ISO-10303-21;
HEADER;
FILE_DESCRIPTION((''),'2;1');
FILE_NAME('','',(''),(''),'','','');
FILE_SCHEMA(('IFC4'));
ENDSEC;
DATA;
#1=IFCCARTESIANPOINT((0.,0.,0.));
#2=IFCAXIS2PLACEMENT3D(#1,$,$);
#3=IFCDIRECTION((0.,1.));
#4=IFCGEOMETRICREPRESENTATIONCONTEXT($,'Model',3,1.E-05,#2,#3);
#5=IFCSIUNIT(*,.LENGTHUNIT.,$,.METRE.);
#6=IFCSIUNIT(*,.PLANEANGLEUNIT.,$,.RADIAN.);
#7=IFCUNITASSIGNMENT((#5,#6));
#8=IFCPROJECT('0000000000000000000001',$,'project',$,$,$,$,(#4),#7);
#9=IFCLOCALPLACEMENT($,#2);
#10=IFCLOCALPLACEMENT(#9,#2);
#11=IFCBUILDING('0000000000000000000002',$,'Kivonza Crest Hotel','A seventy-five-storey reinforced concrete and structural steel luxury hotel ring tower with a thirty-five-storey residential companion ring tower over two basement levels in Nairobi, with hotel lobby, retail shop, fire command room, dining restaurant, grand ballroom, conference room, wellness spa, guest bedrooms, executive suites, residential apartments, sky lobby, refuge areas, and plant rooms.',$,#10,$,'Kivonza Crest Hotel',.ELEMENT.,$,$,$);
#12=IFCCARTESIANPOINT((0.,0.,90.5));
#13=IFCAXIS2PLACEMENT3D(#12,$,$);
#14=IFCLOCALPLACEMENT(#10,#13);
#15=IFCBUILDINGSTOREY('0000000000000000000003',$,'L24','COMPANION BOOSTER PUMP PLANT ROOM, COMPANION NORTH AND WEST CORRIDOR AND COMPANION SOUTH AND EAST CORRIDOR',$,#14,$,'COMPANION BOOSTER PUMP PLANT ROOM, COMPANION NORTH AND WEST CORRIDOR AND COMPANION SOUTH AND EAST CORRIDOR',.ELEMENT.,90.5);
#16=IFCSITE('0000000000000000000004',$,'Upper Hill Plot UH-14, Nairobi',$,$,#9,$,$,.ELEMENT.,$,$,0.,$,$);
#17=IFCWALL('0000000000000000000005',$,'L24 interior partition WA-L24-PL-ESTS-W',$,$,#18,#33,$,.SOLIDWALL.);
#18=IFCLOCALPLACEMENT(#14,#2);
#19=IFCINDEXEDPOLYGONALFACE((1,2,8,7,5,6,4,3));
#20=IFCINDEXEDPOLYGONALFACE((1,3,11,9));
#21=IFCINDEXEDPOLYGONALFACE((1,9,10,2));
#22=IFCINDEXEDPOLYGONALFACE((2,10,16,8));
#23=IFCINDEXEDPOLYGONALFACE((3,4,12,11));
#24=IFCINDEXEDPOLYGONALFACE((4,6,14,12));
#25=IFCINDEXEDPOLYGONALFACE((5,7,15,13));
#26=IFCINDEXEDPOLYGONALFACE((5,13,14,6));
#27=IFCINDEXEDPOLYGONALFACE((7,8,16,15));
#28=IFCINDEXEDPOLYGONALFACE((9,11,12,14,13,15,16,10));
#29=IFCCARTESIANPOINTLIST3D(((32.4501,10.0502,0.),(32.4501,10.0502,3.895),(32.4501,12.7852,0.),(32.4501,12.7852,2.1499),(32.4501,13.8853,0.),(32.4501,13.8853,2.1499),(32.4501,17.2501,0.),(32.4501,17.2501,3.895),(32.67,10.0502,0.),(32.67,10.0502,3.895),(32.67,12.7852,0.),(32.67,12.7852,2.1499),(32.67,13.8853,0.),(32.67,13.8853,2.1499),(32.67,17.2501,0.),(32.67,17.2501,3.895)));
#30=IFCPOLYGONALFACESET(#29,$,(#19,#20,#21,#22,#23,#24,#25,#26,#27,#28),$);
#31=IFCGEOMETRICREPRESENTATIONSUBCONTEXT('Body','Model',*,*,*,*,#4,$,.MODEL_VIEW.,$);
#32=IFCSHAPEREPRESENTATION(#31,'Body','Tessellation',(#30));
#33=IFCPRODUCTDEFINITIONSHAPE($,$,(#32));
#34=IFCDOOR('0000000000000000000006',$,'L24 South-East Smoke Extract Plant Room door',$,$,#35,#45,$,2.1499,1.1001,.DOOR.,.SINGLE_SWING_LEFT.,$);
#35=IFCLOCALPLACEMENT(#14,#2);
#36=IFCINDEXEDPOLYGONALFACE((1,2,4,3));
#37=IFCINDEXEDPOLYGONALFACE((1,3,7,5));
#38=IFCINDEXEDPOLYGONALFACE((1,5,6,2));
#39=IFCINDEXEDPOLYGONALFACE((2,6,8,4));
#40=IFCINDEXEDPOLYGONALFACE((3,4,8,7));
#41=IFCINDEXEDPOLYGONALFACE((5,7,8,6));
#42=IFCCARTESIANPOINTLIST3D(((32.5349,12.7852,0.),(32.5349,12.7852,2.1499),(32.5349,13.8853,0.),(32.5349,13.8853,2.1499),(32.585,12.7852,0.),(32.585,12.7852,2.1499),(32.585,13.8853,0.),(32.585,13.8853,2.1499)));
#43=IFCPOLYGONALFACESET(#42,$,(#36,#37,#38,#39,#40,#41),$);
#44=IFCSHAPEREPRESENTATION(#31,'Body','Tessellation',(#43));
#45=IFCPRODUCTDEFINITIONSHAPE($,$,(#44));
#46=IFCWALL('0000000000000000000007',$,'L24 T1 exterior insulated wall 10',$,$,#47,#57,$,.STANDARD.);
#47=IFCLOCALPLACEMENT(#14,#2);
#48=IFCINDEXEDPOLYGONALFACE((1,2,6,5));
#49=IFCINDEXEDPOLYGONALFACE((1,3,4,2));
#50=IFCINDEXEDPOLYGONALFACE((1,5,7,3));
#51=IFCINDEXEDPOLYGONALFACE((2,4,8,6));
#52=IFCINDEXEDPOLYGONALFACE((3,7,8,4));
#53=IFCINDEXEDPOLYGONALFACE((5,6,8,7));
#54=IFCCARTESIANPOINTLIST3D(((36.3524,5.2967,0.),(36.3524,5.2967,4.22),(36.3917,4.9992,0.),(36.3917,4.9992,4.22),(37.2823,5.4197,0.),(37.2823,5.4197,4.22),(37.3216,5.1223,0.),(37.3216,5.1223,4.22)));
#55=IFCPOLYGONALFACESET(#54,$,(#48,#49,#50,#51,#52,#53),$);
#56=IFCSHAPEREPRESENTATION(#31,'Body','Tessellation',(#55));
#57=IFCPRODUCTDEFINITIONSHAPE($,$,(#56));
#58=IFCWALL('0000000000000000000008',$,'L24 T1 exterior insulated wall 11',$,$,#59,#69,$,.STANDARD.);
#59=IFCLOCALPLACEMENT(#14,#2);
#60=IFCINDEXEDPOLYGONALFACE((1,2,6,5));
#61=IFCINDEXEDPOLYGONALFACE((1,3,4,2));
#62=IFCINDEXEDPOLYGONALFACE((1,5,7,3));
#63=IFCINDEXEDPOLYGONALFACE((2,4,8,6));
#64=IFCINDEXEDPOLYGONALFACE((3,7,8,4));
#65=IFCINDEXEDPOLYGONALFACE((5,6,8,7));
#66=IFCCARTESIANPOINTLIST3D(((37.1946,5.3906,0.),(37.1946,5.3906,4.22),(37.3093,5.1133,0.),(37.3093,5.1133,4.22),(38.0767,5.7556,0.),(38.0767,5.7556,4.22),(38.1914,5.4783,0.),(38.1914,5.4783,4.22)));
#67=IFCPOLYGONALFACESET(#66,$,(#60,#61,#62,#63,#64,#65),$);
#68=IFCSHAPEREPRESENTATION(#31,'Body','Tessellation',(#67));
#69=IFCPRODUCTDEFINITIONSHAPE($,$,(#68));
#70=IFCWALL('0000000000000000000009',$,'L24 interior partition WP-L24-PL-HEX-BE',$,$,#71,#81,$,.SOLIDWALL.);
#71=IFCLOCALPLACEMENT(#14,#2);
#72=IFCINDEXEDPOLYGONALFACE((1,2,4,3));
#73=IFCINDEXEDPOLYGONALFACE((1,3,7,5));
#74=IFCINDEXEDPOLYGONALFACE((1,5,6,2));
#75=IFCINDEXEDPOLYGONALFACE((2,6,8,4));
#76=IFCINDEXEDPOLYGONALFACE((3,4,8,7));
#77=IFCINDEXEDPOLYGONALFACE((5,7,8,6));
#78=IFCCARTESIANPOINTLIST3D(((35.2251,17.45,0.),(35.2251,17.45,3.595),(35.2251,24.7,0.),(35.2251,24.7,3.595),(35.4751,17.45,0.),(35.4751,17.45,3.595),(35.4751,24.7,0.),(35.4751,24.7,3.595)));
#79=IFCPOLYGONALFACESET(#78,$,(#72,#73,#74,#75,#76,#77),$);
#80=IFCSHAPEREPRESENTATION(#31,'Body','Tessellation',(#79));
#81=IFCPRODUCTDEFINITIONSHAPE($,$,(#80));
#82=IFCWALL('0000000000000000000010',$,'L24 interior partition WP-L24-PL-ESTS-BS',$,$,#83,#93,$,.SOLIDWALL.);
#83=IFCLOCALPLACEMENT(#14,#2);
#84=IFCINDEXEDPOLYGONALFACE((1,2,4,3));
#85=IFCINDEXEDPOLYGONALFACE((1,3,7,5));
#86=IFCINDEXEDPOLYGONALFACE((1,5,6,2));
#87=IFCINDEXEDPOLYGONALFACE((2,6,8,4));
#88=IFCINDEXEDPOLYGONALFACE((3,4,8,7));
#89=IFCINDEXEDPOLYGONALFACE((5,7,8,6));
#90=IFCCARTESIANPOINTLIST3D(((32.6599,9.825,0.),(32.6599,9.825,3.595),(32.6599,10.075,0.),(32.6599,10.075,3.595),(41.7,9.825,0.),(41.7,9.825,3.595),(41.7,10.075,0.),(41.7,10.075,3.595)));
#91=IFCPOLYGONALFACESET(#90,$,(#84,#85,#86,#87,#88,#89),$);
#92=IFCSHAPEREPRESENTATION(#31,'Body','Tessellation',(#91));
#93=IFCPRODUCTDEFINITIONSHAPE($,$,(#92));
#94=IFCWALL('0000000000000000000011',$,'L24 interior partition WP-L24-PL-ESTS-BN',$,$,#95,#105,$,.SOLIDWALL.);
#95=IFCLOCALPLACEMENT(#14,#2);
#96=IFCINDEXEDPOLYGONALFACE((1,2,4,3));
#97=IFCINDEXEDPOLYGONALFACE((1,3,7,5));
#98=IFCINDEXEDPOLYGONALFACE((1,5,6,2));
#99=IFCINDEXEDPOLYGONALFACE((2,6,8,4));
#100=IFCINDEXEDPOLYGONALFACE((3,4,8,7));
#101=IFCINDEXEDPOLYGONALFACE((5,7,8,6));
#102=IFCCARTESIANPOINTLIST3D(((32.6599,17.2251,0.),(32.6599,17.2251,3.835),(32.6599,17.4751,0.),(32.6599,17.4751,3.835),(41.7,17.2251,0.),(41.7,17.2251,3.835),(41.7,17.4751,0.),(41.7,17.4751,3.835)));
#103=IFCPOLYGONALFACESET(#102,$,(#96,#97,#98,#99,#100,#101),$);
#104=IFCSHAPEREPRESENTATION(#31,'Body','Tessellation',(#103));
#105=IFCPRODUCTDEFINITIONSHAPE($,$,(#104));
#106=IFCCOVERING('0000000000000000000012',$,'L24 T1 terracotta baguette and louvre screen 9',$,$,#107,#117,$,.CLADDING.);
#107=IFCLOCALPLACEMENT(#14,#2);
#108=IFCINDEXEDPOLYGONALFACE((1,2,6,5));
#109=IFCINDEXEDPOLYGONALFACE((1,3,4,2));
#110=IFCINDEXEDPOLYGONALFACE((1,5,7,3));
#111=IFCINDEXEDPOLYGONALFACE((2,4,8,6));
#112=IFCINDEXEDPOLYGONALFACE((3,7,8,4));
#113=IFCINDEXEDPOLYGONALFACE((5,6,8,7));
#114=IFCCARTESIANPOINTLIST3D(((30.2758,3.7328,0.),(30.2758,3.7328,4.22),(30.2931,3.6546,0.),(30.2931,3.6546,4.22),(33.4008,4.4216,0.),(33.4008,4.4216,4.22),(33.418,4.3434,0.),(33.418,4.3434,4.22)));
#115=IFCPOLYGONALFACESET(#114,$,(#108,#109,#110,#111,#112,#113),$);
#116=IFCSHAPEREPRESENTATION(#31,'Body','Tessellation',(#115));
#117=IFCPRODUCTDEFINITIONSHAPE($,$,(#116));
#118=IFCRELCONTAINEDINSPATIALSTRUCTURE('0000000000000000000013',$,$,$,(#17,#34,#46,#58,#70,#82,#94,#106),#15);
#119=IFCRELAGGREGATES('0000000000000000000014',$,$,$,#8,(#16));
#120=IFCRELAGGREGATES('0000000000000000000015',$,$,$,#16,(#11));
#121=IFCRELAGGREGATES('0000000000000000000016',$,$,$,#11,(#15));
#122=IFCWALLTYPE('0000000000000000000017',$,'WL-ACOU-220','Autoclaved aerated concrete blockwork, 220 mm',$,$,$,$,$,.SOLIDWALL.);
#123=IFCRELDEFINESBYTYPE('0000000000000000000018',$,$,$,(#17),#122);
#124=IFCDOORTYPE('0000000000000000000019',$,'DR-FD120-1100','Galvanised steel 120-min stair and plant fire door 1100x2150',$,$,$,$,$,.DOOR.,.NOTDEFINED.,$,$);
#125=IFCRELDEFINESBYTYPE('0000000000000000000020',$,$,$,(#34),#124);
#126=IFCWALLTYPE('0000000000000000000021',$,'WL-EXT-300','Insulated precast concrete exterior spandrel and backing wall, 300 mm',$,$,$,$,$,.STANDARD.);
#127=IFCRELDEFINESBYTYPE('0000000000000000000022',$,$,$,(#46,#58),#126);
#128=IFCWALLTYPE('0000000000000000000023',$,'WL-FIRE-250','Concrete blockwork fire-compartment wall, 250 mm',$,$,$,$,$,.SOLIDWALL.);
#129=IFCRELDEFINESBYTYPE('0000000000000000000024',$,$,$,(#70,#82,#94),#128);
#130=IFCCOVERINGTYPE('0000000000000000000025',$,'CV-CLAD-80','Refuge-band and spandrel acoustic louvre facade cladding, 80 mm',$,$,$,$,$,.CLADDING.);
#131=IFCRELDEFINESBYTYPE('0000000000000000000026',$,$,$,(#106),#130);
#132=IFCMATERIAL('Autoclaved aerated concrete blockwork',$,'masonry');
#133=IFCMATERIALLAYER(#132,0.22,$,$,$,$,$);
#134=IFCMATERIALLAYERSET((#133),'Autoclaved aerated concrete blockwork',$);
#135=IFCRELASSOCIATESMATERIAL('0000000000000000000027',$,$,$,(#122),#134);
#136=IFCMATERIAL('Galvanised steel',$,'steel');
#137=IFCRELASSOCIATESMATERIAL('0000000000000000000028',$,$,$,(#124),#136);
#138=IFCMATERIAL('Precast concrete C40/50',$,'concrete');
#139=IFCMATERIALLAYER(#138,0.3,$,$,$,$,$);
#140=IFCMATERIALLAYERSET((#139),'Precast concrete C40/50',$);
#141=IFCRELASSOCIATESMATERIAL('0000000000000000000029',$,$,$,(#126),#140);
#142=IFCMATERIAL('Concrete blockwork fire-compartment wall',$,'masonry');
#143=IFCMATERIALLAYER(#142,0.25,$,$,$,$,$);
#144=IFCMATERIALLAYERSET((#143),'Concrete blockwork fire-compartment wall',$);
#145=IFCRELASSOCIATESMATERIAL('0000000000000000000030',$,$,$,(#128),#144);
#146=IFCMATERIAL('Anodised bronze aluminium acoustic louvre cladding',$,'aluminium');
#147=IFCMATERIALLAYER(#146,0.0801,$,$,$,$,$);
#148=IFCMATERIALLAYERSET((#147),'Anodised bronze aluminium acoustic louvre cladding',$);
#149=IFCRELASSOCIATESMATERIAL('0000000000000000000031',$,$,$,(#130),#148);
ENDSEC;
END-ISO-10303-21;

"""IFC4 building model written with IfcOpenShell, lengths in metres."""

from ifc_helpers import new_model, si_unit, direction, frame, frame_2d, origin, origin_2d, place, context, subcontext, project, spatial, rectangle, extrude, material, layer, layer_set, type_object, element, fill, save


model = new_model("IFC4")

# Units and contexts
model_context = context("Model", 3, precision=1e-05, world=origin(), true_north=direction((0.0, 1.0)))
body_context = subcontext(model_context, "Body", "Model", "MODEL_VIEW")
ifc_project = project(units=[si_unit("LENGTHUNIT", "METRE"), si_unit("PLANEANGLEUNIT", "RADIAN")], contexts=[model_context])

# Site, building, storey
site_placement = place(None, origin())
site = spatial("IfcSite", under=ifc_project, at=site_placement, Name="Upper Hill Plot UH-14, Nairobi", CompositionType="ELEMENT", RefElevation=0.0)
building_placement = place(site_placement, origin())
building = spatial("IfcBuilding", under=site, at=building_placement, Name="Kivonza Crest Hotel", Description="A seventy-five-storey reinforced concrete and structural steel luxury hotel ring tower with a thirty-five-storey residential companion ring tower over two basement levels in Nairobi, with hotel lobby, retail shop, fire command room, dining restaurant, grand ballroom, conference room, wellness spa, guest bedrooms, executive suites, residential apartments, sky lobby, refuge areas, and plant rooms.", LongName="Kivonza Crest Hotel", CompositionType="ELEMENT")
storey_placement = place(building_placement, frame((0.0, 0.0, 90.5)))
storey = spatial("IfcBuildingStorey", under=building, at=storey_placement, Name="L24", Description="COMPANION BOOSTER PUMP PLANT ROOM, COMPANION NORTH AND WEST CORRIDOR AND COMPANION SOUTH AND EAST CORRIDOR", LongName="COMPANION BOOSTER PUMP PLANT ROOM, COMPANION NORTH AND WEST CORRIDOR AND COMPANION SOUTH AND EAST CORRIDOR", CompositionType="ELEMENT", Elevation=90.5)

# Wall, opening, door
ifc_material_1 = material(Name="Autoclaved aerated concrete blockwork", Category="masonry")
ifc_layer_1 = layer(ifc_material_1, 0.22)
ifc_layer_set_1 = layer_set([ifc_layer_1], Name="Autoclaved aerated concrete blockwork")
wall_type_1 = type_object("IfcWallType", Name="WL-ACOU-220", Description="Autoclaved aerated concrete blockwork, 220 mm", PredefinedType="SOLIDWALL", material=ifc_layer_set_1)
ifc_material_2 = material(Name="Galvanised steel", Category="steel")
door_type = type_object("IfcDoorType", Name="DR-FD120-1100", Description="Galvanised steel 120-min stair and plant fire door 1100x2150", OperationType="NOTDEFINED", PredefinedType="DOOR", material=ifc_material_2)
wall_1_placement = place(storey_placement, frame((32.5601, 10.05, 0.0), z_axis=(0.0, 0.0, 1.0), x_axis=(0.0, 1.0, 0.0)))
wall_1 = element("IfcWall", 1, at=wall_1_placement, inside=storey, type_object=wall_type_1, Name="L24 interior partition WA-L24-PL-ESTS-W", PredefinedType="SOLIDWALL", context=body_context, shape_type="SweptSolid", body=[
    extrude(rectangle(XDim=7.2, YDim=0.22, at=frame_2d((3.6001, 0.0))), origin(), (0.0, 0.0, 1.0), 3.895),
])
opening_1_placement = place(wall_1_placement, frame((2.7351, 0.0, 0.0)))
opening_1 = element("IfcOpeningElement", 2, at=opening_1_placement, cuts=wall_1, PredefinedType="OPENING", context=body_context, shape_type="SweptSolid", body=[
    extrude(rectangle(XDim=1.1001, YDim=2.1499, at=frame_2d((0.55, 1.075))), frame((0.0, 0.1201, 0.0), z_axis=(0.0, -1.0, 0.0), x_axis=(1.0, 0.0, 0.0)), (0.0, 0.0, 1.0), 0.24),
])
door_1_placement = place(opening_1_placement, frame((1.1001, 0.0, 0.0), z_axis=(0.0, 0.0, 1.0), x_axis=(-1.0, 0.0, 0.0)))
door_1 = element("IfcDoor", 3, at=door_1_placement, inside=storey, type_object=door_type, Name="L24 South-East Smoke Extract Plant Room door", OperationType="SINGLE_SWING_LEFT", OverallHeight=2.1499, OverallWidth=1.1001, PredefinedType="DOOR", context=body_context, shape_type="SweptSolid", body=[
    extrude(rectangle(XDim=1.1001, YDim=2.1499, at=frame_2d((0.55, 1.075))), frame((0.0, 0.0249, 0.0), z_axis=(0.0, -1.0, 0.0), x_axis=(1.0, 0.0, 0.0)), (0.0, 0.0, 1.0), 0.05),
])
fill(opening_1, door_1)

# Walls
ifc_material_3 = material(Name="Precast concrete C40/50", Category="concrete")
ifc_layer_2 = layer(ifc_material_3, 0.3)
ifc_layer_set_2 = layer_set([ifc_layer_2], Name="Precast concrete C40/50")
wall_type_2 = type_object("IfcWallType", Name="WL-EXT-300", Description="Insulated precast concrete exterior spandrel and backing wall, 300 mm", PredefinedType="STANDARD", material=ifc_layer_set_2)
wall_2_placement = place(storey_placement, frame((36.3721, 5.1479, 0.0), z_axis=(0.0, 0.0, 1.0), x_axis=(0.991359, 0.131175, 0.0)))
element("IfcWall", 4, at=wall_2_placement, inside=storey, type_object=wall_type_2, Name="L24 T1 exterior insulated wall 10", PredefinedType="STANDARD", context=body_context, shape_type="SweptSolid", body=[
    extrude(rectangle(XDim=0.938, YDim=0.3, at=frame_2d((0.469, 0.0))), origin(), (0.0, 0.0, 1.0), 4.22),
])
wall_3_placement = place(storey_placement, frame((37.252, 5.252, 0.0), z_axis=(0.0, 0.0, 1.0), x_axis=(0.92402, 0.382344, 0.0)))
element("IfcWall", 5, at=wall_3_placement, inside=storey, type_object=wall_type_2, Name="L24 T1 exterior insulated wall 11", PredefinedType="STANDARD", context=body_context, shape_type="SweptSolid", body=[
    extrude(rectangle(XDim=0.9546, YDim=0.3, at=frame_2d((0.4773, 0.0))), origin(), (0.0, 0.0, 1.0), 4.22),
])
ifc_material_4 = material(Name="Concrete blockwork fire-compartment wall", Category="masonry")
ifc_layer_3 = layer(ifc_material_4, 0.25)
ifc_layer_set_3 = layer_set([ifc_layer_3], Name="Concrete blockwork fire-compartment wall")
wall_type_3 = type_object("IfcWallType", Name="WL-FIRE-250", Description="Concrete blockwork fire-compartment wall, 250 mm", PredefinedType="SOLIDWALL", material=ifc_layer_set_3)
wall_4_placement = place(storey_placement, frame((35.3501, 17.45, 0.0), z_axis=(0.0, 0.0, 1.0), x_axis=(0.0, 1.0, 0.0)))
element("IfcWall", 6, at=wall_4_placement, inside=storey, type_object=wall_type_3, Name="L24 interior partition WP-L24-PL-HEX-BE", PredefinedType="SOLIDWALL", context=body_context, shape_type="SweptSolid", body=[
    extrude(rectangle(XDim=7.25, YDim=0.25, at=frame_2d((3.625, 0.0))), origin(), (0.0, 0.0, 1.0), 3.595),
])
wall_5_placement = place(storey_placement, frame((32.6599, 9.95, 0.0), z_axis=(0.0, 0.0, 1.0), x_axis=(1.0, 0.0, 0.0)))
element("IfcWall", 7, at=wall_5_placement, inside=storey, type_object=wall_type_3, Name="L24 interior partition WP-L24-PL-ESTS-BS", PredefinedType="SOLIDWALL", context=body_context, shape_type="SweptSolid", body=[
    extrude(rectangle(XDim=9.04, YDim=0.25, at=frame_2d((4.52, 0.0))), origin(), (0.0, 0.0, 1.0), 3.595),
])
wall_6_placement = place(storey_placement, frame((32.6599, 17.3501, 0.0), z_axis=(0.0, 0.0, 1.0), x_axis=(1.0, 0.0, 0.0)))
element("IfcWall", 8, at=wall_6_placement, inside=storey, type_object=wall_type_3, Name="L24 interior partition WP-L24-PL-ESTS-BN", PredefinedType="SOLIDWALL", context=body_context, shape_type="SweptSolid", body=[
    extrude(rectangle(XDim=9.04, YDim=0.25, at=frame_2d((4.52, 0.0))), origin(), (0.0, 0.0, 1.0), 3.835),
])

# Covering
ifc_material_5 = material(Name="Anodised bronze aluminium acoustic louvre cladding", Category="aluminium")
ifc_layer_4 = layer(ifc_material_5, 0.0801)
ifc_layer_set_4 = layer_set([ifc_layer_4], Name="Anodised bronze aluminium acoustic louvre cladding")
covering_type = type_object("IfcCoveringType", Name="CV-CLAD-80", Description="Refuge-band and spandrel acoustic louvre facade cladding, 80 mm", PredefinedType="CLADDING", material=ifc_layer_set_4)
covering_placement = place(storey_placement, frame((31.8469, 4.0381, 0.0), z_axis=(0.0, 0.0, 1.0), x_axis=(0.97656, 0.215247, 0.0)))
element("IfcCovering", 9, at=covering_placement, inside=storey, type_object=covering_type, Name="L24 T1 terracotta baguette and louvre screen 9", PredefinedType="CLADDING", context=body_context, shape_type="SweptSolid", body=[
    extrude(rectangle(XDim=3.2, YDim=0.0801, at=origin_2d()), origin(), (0.0, 0.0, 1.0), 4.22),
])

save(model, "model.ifc")
